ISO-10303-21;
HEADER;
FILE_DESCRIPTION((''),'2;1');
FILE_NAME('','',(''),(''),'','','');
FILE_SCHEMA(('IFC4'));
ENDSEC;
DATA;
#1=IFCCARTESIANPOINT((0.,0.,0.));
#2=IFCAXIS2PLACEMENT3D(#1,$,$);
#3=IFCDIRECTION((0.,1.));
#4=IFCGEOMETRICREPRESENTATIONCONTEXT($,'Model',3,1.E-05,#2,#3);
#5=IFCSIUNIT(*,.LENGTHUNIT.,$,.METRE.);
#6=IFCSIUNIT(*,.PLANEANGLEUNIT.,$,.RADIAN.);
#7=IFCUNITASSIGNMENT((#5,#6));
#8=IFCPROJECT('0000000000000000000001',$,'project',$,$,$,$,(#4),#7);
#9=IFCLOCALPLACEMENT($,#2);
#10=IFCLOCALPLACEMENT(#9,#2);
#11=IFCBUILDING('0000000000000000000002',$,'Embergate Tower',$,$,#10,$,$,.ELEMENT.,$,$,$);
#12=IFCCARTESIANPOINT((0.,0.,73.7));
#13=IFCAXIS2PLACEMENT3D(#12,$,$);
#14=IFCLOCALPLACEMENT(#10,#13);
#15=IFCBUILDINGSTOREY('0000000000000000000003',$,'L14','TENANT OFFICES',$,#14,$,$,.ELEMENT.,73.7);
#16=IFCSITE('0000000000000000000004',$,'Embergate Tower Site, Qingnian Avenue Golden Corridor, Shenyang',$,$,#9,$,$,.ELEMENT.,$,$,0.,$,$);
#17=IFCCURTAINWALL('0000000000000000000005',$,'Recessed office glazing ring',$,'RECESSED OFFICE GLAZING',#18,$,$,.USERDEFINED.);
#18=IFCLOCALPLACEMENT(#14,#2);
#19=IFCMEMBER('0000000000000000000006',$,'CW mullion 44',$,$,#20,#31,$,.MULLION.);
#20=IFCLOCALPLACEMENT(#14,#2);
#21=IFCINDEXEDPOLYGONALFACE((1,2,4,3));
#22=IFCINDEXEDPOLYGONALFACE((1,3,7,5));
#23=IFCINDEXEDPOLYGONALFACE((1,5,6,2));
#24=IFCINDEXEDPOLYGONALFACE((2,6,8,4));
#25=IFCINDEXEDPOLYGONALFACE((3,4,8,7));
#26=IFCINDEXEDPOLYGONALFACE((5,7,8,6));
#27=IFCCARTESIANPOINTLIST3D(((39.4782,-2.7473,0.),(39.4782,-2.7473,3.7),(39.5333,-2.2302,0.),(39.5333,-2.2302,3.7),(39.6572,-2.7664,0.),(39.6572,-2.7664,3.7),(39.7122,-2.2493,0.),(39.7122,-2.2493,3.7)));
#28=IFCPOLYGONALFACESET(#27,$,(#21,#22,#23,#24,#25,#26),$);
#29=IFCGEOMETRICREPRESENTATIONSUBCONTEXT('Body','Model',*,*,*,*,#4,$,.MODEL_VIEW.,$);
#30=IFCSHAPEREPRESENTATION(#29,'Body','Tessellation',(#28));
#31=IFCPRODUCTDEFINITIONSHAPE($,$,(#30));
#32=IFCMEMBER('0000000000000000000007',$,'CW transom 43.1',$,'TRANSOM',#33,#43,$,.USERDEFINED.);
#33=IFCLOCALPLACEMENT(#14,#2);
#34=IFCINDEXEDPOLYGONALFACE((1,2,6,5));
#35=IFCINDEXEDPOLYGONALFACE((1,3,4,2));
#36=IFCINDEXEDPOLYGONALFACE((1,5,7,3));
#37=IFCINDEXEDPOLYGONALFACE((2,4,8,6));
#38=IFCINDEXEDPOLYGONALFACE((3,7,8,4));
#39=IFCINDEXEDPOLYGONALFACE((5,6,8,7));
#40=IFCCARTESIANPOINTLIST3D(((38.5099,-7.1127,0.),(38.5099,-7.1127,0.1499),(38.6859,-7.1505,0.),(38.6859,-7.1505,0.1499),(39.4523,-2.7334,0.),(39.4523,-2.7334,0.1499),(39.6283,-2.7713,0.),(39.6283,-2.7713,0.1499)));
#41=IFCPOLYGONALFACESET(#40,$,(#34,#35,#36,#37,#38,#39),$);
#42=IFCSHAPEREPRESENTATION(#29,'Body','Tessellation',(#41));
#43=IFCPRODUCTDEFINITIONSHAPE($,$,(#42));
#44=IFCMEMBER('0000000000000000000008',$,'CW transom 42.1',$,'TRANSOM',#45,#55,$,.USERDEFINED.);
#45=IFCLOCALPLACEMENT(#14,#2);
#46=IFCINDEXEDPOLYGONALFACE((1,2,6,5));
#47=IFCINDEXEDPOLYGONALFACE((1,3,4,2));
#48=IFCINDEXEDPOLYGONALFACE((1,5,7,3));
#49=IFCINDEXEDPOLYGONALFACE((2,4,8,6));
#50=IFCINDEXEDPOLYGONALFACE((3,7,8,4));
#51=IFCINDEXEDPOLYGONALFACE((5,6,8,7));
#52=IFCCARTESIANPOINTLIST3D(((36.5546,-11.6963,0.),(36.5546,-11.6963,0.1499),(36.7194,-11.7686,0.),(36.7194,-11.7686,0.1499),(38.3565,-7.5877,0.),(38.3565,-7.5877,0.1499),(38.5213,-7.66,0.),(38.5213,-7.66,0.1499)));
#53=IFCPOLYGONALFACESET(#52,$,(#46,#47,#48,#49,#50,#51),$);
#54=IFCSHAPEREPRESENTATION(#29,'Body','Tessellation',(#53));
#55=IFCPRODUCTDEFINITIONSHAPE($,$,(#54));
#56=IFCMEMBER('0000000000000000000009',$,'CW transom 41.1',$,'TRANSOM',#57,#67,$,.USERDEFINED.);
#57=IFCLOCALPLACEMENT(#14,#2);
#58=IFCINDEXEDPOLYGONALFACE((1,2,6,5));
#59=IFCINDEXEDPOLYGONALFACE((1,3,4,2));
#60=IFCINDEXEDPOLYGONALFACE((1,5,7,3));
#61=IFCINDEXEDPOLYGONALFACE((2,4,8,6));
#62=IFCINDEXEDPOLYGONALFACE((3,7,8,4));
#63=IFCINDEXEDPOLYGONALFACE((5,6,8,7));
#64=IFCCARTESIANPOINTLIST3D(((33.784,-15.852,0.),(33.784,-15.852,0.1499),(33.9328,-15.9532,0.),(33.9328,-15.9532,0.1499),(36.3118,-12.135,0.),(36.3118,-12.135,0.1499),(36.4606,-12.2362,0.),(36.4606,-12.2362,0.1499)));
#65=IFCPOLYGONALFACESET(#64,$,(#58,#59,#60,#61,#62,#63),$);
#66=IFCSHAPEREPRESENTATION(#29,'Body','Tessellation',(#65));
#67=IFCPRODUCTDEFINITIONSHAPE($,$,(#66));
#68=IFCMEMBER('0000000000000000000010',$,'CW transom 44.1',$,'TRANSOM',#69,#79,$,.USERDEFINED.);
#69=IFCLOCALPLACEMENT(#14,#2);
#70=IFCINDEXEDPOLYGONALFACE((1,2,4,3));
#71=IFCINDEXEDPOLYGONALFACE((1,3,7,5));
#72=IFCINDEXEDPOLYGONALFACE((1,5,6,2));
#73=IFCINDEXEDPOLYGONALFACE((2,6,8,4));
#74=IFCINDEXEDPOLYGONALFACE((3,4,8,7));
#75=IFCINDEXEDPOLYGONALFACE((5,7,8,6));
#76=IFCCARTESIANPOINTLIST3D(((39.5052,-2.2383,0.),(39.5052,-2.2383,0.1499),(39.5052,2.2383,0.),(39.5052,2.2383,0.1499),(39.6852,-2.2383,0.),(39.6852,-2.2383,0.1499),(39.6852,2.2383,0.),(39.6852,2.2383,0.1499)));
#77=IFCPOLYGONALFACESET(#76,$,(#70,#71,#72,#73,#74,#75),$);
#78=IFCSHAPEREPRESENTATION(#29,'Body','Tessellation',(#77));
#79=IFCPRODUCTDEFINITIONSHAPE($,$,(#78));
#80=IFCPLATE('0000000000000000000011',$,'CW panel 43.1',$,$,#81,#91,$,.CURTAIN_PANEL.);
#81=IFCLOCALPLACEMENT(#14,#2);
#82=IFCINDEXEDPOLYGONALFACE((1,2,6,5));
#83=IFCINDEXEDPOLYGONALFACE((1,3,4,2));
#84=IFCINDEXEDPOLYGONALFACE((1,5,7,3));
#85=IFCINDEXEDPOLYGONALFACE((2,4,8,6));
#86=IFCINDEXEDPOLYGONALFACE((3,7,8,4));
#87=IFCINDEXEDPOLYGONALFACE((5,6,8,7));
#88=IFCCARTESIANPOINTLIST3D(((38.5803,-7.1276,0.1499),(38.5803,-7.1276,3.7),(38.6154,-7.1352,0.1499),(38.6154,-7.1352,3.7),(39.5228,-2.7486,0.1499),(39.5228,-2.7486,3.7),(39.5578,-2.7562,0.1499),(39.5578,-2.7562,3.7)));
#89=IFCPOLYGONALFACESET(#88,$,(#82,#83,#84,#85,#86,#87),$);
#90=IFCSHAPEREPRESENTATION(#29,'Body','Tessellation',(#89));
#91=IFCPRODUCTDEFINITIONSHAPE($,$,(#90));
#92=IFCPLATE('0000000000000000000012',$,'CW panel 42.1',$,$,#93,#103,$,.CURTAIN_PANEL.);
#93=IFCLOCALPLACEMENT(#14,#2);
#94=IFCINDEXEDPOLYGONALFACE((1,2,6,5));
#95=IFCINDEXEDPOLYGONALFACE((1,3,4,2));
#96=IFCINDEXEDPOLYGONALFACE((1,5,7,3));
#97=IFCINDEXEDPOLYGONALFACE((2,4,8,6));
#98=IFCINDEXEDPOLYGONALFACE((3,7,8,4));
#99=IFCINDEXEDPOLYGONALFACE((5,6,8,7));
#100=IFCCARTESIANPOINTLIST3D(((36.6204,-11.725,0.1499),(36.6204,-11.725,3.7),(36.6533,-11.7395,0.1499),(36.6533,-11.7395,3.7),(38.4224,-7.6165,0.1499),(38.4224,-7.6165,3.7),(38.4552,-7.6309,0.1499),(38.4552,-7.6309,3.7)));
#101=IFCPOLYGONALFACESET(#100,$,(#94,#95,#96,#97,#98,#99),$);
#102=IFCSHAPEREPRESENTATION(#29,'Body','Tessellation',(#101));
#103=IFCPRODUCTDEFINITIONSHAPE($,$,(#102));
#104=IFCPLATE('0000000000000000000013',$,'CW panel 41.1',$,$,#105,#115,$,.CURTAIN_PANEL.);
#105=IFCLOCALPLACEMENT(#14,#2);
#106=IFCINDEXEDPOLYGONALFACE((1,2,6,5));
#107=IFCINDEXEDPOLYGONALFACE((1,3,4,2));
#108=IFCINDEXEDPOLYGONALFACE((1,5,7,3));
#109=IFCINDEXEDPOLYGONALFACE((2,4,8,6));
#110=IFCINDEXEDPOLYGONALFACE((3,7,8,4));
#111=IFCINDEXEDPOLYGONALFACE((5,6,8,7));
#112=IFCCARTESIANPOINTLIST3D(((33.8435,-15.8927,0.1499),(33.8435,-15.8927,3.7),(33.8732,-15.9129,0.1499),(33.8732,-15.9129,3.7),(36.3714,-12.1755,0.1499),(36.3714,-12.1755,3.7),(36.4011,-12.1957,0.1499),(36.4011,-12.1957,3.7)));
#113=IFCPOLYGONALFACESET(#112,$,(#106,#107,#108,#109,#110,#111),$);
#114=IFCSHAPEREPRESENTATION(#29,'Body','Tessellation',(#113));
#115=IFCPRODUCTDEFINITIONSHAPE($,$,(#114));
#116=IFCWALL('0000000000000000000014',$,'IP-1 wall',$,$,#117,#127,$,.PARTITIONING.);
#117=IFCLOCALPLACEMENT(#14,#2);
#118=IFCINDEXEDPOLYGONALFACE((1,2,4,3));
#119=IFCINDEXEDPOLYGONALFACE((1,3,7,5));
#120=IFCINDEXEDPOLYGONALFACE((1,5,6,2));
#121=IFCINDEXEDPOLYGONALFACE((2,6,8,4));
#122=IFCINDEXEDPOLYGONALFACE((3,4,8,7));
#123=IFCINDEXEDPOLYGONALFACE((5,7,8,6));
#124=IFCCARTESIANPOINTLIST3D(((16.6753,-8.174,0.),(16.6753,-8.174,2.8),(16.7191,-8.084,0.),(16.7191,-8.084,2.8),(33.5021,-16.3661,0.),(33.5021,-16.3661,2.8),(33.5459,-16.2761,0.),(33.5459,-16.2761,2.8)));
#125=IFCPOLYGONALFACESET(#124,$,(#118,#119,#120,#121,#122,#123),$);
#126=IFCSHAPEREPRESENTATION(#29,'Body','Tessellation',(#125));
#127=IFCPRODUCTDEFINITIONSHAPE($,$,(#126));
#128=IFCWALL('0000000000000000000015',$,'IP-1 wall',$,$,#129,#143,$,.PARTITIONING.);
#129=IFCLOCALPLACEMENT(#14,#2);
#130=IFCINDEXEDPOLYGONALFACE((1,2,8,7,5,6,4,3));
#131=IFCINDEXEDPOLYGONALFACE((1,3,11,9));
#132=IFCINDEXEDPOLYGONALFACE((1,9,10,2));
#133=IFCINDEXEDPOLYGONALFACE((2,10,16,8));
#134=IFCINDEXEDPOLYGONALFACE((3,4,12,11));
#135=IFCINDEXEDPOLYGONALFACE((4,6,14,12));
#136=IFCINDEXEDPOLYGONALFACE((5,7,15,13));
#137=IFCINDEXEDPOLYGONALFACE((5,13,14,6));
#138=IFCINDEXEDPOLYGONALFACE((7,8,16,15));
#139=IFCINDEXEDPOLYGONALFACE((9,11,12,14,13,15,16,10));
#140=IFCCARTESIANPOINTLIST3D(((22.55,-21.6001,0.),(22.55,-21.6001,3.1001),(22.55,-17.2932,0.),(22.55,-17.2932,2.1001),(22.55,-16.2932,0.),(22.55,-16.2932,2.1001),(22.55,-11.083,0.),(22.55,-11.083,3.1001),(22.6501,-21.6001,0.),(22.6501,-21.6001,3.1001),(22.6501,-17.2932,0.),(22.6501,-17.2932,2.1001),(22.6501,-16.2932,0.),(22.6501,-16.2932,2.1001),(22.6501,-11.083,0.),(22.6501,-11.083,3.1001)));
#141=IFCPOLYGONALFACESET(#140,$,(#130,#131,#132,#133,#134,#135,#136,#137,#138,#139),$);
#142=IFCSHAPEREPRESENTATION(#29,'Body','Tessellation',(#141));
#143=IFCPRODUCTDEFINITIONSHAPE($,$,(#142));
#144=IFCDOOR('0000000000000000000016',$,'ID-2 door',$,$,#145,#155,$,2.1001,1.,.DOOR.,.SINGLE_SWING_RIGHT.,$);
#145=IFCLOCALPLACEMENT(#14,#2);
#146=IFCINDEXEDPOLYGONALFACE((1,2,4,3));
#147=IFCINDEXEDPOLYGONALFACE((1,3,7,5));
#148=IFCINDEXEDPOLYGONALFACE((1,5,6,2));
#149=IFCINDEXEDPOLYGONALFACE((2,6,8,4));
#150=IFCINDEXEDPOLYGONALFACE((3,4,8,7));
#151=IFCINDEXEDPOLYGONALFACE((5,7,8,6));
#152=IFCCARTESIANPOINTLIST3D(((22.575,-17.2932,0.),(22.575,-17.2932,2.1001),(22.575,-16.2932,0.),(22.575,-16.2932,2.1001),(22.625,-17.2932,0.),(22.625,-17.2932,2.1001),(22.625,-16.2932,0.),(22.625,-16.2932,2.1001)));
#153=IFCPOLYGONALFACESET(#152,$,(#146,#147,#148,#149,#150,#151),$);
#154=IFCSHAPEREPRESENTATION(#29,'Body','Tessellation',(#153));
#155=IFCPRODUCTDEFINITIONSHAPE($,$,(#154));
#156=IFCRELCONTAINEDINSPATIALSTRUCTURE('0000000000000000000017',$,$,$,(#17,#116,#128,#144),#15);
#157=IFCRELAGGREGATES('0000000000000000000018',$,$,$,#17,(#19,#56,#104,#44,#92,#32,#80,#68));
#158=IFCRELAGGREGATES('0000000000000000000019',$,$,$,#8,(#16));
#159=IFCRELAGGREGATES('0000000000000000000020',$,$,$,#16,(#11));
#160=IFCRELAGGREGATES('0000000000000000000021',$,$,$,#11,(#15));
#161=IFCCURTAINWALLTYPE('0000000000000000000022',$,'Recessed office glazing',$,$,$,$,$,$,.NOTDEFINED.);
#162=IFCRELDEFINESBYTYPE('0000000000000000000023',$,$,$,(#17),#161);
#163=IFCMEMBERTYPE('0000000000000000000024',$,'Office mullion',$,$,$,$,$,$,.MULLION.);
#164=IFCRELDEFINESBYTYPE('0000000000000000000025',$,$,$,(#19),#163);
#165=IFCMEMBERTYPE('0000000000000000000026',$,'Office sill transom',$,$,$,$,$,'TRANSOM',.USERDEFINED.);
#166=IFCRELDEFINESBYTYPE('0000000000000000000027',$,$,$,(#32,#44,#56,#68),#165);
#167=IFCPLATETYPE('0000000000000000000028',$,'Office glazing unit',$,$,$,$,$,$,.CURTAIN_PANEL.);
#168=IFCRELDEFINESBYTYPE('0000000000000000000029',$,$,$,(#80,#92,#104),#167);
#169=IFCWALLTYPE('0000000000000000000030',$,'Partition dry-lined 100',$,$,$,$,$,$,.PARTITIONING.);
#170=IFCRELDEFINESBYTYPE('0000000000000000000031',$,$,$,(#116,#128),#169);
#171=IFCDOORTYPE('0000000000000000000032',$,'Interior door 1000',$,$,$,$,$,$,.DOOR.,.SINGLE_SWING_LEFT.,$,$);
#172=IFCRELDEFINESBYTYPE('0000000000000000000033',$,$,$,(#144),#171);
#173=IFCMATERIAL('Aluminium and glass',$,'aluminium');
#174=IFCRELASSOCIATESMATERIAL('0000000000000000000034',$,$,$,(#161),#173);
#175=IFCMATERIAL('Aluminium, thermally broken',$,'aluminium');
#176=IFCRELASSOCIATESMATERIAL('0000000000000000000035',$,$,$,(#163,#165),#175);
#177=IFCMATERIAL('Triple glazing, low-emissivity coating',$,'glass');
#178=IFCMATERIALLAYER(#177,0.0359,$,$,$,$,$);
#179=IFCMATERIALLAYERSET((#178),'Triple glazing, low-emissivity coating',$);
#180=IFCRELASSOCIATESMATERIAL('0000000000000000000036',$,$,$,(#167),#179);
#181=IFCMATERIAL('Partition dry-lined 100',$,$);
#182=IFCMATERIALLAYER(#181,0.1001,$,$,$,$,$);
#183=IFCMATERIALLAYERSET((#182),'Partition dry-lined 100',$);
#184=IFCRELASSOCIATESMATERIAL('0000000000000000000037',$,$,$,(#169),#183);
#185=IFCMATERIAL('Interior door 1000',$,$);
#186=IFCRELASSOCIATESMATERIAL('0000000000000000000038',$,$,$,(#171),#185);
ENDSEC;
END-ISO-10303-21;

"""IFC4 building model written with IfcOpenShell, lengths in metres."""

from ifc_helpers import new_model, si_unit, direction, frame, frame_2d, origin, origin_2d, place, context, subcontext, project, spatial, rectangle, extrude, source, transform, mapped, material, layer, layer_set, material_profile, profile_set, type_object, element, fill, aggregate, save


model = new_model("IFC4")

# Units and contexts
model_context = context("Model", 3, precision=1e-05, world=origin(), true_north=direction((0.0, 1.0)))
body_context = subcontext(model_context, "Body", "Model", "MODEL_VIEW")
ifc_project = project(units=[si_unit("LENGTHUNIT", "METRE"), si_unit("PLANEANGLEUNIT", "RADIAN")], contexts=[model_context])

# Site, building, storey
site_placement = place(None, origin())
site = spatial("IfcSite", under=ifc_project, at=site_placement, Name="Embergate Tower Site, Qingnian Avenue Golden Corridor, Shenyang", CompositionType="ELEMENT", RefElevation=0.0)
building_placement = place(site_placement, origin())
building = spatial("IfcBuilding", under=site, at=building_placement, Name="Embergate Tower", CompositionType="ELEMENT")
storey_placement = place(building_placement, frame((0.0, 0.0, 73.7)))
storey = spatial("IfcBuildingStorey", under=building, at=storey_placement, Name="L14", Description="TENANT OFFICES", CompositionType="ELEMENT", Elevation=73.7)

# Curtain wall, members, plates
ifc_material_1 = material(Name="Aluminium and glass", Category="aluminium")
curtain_wall_type = type_object("IfcCurtainWallType", Name="Recessed office glazing", PredefinedType="NOTDEFINED", material=ifc_material_1)
curtain_wall_placement = place(storey_placement, origin())
curtain_wall = element("IfcCurtainWall", 1, at=curtain_wall_placement, inside=storey, type_object=curtain_wall_type, Name="Recessed office glazing ring", ObjectType="RECESSED OFFICE GLAZING", PredefinedType="USERDEFINED")
ifc_material_2 = material(Name="Aluminium, thermally broken", Category="aluminium")
ifc_material_profile_1 = material_profile(ifc_material_2, rectangle(XDim=0.1799, YDim=0.52, at=origin_2d()), Name="AL 520x180")
ifc_profile_set_1 = profile_set([ifc_material_profile_1], Name="Aluminium, thermally broken")
member_type_1 = type_object("IfcMemberType", Name="Office mullion", PredefinedType="MULLION", material=ifc_profile_set_1)
shared_shape_1 = source(origin(), body_context, "Body", "SweptSolid", [
    extrude(rectangle(XDim=0.1799, YDim=0.52, at=origin_2d()), origin(), (0.0, 0.0, 1.0), 3.7),
])
member_1_placement = place(storey_placement, frame((39.5952, -2.4983, 0.0), z_axis=(0.0, 0.0, 1.0), x_axis=(-0.994385, 0.10582, 0.0)))
member_1 = element("IfcMember", 2, at=member_1_placement, type_object=member_type_1, Name="CW mullion 44", PredefinedType="MULLION", context=body_context, shape_type="MappedRepresentation", body=[
    mapped(shared_shape_1, transform((0.0, 0.0, 0.0))),
])
ifc_material_profile_2 = material_profile(ifc_material_2, rectangle(XDim=0.1799, YDim=0.1499, at=origin_2d()), Name="AL 150x180")
ifc_profile_set_2 = profile_set([ifc_material_profile_2], Name="Aluminium, thermally broken")
member_type_2 = type_object("IfcMemberType", Name="Office sill transom", ElementType="TRANSOM", PredefinedType="USERDEFINED", material=ifc_profile_set_2)
shared_shape_2 = source(origin(), body_context, "Body", "SweptSolid", [
    extrude(rectangle(XDim=0.1799, YDim=0.1499, at=origin_2d()), origin(), (0.0, 0.0, 1.0), 4.4795),
])
member_2_placement = place(storey_placement, frame((38.5979, -7.1316, 0.075), z_axis=(0.210381, 0.977619, 0.0), x_axis=(-0.977619, 0.210381, 0.0)))
member_2 = element("IfcMember", 3, at=member_2_placement, type_object=member_type_2, Name="CW transom 43.1", ObjectType="TRANSOM", PredefinedType="USERDEFINED", context=body_context, shape_type="MappedRepresentation", body=[
    mapped(shared_shape_2, transform((0.0, 0.0, 0.0))),
])
shared_shape_3 = source(origin(), body_context, "Body", "SweptSolid", [
    extrude(rectangle(XDim=0.1799, YDim=0.1499, at=origin_2d()), origin(), (0.0, 0.0, 1.0), 4.4863),
])
member_3_placement = place(storey_placement, frame((36.637, -11.7324, 0.075), z_axis=(0.401655, 0.915791, 0.0), x_axis=(-0.915791, 0.401655, 0.0)))
member_3 = element("IfcMember", 4, at=member_3_placement, type_object=member_type_2, Name="CW transom 42.1", ObjectType="TRANSOM", PredefinedType="USERDEFINED", context=body_context, shape_type="MappedRepresentation", body=[
    mapped(shared_shape_3, transform((0.0, 0.0, 0.0))),
])
shared_shape_4 = source(origin(), body_context, "Body", "SweptSolid", [
    extrude(rectangle(XDim=0.1799, YDim=0.1499, at=origin_2d()), origin(), (0.0, 0.0, 1.0), 4.4951),
])
member_4_placement = place(storey_placement, frame((33.8584, -15.9026, 0.075), z_axis=(0.562347, 0.826901, 0.0), x_axis=(-0.826901, 0.562347, 0.0)))
member_4 = element("IfcMember", 5, at=member_4_placement, type_object=member_type_2, Name="CW transom 41.1", ObjectType="TRANSOM", PredefinedType="USERDEFINED", context=body_context, shape_type="MappedRepresentation", body=[
    mapped(shared_shape_4, transform((0.0, 0.0, 0.0))),
])
shared_shape_5 = source(origin(), body_context, "Body", "SweptSolid", [
    extrude(rectangle(XDim=0.1799, YDim=0.1499, at=origin_2d()), origin(), (0.0, 0.0, 1.0), 4.4766),
])
member_5_placement = place(storey_placement, frame((39.5952, -2.2383, 0.075), z_axis=(0.0, 1.0, 0.0), x_axis=(-1.0, 0.0, 0.0)))
member_5 = element("IfcMember", 6, at=member_5_placement, type_object=member_type_2, Name="CW transom 44.1", ObjectType="TRANSOM", PredefinedType="USERDEFINED", context=body_context, shape_type="MappedRepresentation", body=[
    mapped(shared_shape_5, transform((0.0, 0.0, 0.0))),
])
ifc_material_3 = material(Name="Triple glazing, low-emissivity coating", Category="glass")
ifc_layer_1 = layer(ifc_material_3, 0.0359)
ifc_layer_set_1 = layer_set([ifc_layer_1], Name="Triple glazing, low-emissivity coating")
plate_type = type_object("IfcPlateType", Name="Office glazing unit", PredefinedType="CURTAIN_PANEL", material=ifc_layer_set_1)
shared_shape_6 = source(origin(), body_context, "Body", "SweptSolid", [
    extrude(rectangle(XDim=4.4792, YDim=0.0359, at=origin_2d()), origin(), (0.0, 0.0, 1.0), 3.55),
])
plate_1_placement = place(storey_placement, frame((39.0691, -4.9419, 0.1499), z_axis=(0.0, 0.0, 1.0), x_axis=(0.210395, 0.977616, 0.0)))
plate_1 = element("IfcPlate", 7, at=plate_1_placement, type_object=plate_type, Name="CW panel 43.1", PredefinedType="CURTAIN_PANEL", context=body_context, shape_type="MappedRepresentation", body=[
    mapped(shared_shape_6, transform((0.0, 0.0, 0.0))),
])
shared_shape_7 = source(origin(), body_context, "Body", "SweptSolid", [
    extrude(rectangle(XDim=4.4863, YDim=0.0359, at=origin_2d()), origin(), (0.0, 0.0, 1.0), 3.55),
])
plate_2_placement = place(storey_placement, frame((37.5378, -9.678, 0.1499), z_axis=(0.0, 0.0, 1.0), x_axis=(0.401647, 0.915794, 0.0)))
plate_2 = element("IfcPlate", 8, at=plate_2_placement, type_object=plate_type, Name="CW panel 42.1", PredefinedType="CURTAIN_PANEL", context=body_context, shape_type="MappedRepresentation", body=[
    mapped(shared_shape_7, transform((0.0, 0.0, 0.0))),
])
shared_shape_8 = source(origin(), body_context, "Body", "SweptSolid", [
    extrude(rectangle(XDim=4.4954, YDim=0.0359, at=origin_2d()), origin(), (0.0, 0.0, 1.0), 3.55),
])
plate_3_placement = place(storey_placement, frame((35.1223, -14.0442, 0.1499), z_axis=(0.0, 0.0, 1.0), x_axis=(0.562337, 0.826908, 0.0)))
plate_3 = element("IfcPlate", 9, at=plate_3_placement, type_object=plate_type, Name="CW panel 41.1", PredefinedType="CURTAIN_PANEL", context=body_context, shape_type="MappedRepresentation", body=[
    mapped(shared_shape_8, transform((0.0, 0.0, 0.0))),
])
aggregate(curtain_wall, [member_1, member_4, plate_3, member_3, plate_2, member_2, plate_1, member_5])

# Wall
ifc_material_4 = material(Name="Partition dry-lined 100")
ifc_layer_2 = layer(ifc_material_4, 0.1001)
ifc_layer_set_2 = layer_set([ifc_layer_2], Name="Partition dry-lined 100")
wall_type = type_object("IfcWallType", Name="Partition dry-lined 100", PredefinedType="PARTITIONING", material=ifc_layer_set_2)
shared_shape_9 = source(origin(), body_context, "Body", "SweptSolid", [
    extrude(rectangle(XDim=18.7151, YDim=0.1001, at=frame_2d((9.3574, 0.0))), origin(), (0.0, 0.0, 1.0), 2.8),
])
wall_1_placement = place(storey_placement, frame((33.5239, -16.321, 0.0), z_axis=(0.0, 0.0, 1.0), x_axis=(-0.899107, 0.437728, 0.0)))
element("IfcWall", 10, at=wall_1_placement, inside=storey, type_object=wall_type, Name="IP-1 wall", PredefinedType="PARTITIONING", context=body_context, shape_type="MappedRepresentation", body=[
    mapped(shared_shape_9, transform((0.0, 0.0, 0.0))),
])

# Wall, opening, door
shared_shape_10 = source(origin(), body_context, "Body", "SweptSolid", [
    extrude(rectangle(XDim=10.5171, YDim=0.1001, at=frame_2d((5.2585, 0.0))), origin(), (0.0, 0.0, 1.0), 3.1001),
])
wall_2_placement = place(storey_placement, frame((22.6001, -11.083, 0.0), z_axis=(0.0, 0.0, 1.0), x_axis=(0.0, -1.0, 0.0)))
wall_2 = element("IfcWall", 11, at=wall_2_placement, inside=storey, type_object=wall_type, Name="IP-1 wall", PredefinedType="PARTITIONING", context=body_context, shape_type="MappedRepresentation", body=[
    mapped(shared_shape_10, transform((0.0, 0.0, 0.0))),
])
shared_shape_11 = source(origin(), body_context, "Body", "SweptSolid", [
    extrude(rectangle(XDim=1.0, YDim=2.1001, at=frame_2d((0.5, 1.05))), frame((0.0, 0.0601, 0.0), z_axis=(0.0, -1.0, 0.0), x_axis=(1.0, 0.0, 0.0)), (0.0, 0.0, 1.0), 0.1201),
])
opening_1_placement = place(wall_2_placement, frame((5.2102, 0.0, 0.0)))
opening_1 = element("IfcOpeningElement", 12, at=opening_1_placement, cuts=wall_2, PredefinedType="OPENING", context=body_context, shape_type="MappedRepresentation", body=[
    mapped(shared_shape_11, transform((0.0, 0.0, 0.0))),
])
ifc_material_5 = material(Name="Interior door 1000")
door_type = type_object("IfcDoorType", Name="Interior door 1000", OperationType="SINGLE_SWING_LEFT", PredefinedType="DOOR", material=ifc_material_5)
shared_shape_12 = source(origin(), body_context, "Body", "SweptSolid", [
    extrude(rectangle(XDim=1.0, YDim=2.1001, at=frame_2d((0.5, 1.05))), frame((0.0, 0.0249, 0.0), z_axis=(0.0, -1.0, 0.0), x_axis=(1.0, 0.0, 0.0)), (0.0, 0.0, 1.0), 0.05),
])
door_1_placement = place(opening_1_placement, origin())
door_1 = element("IfcDoor", 13, at=door_1_placement, inside=storey, type_object=door_type, Name="ID-2 door", OperationType="SINGLE_SWING_RIGHT", OverallHeight=2.1001, OverallWidth=1.0, PredefinedType="DOOR", context=body_context, shape_type="MappedRepresentation", body=[
    mapped(shared_shape_12, transform((0.0, 0.0, 0.0))),
])
fill(opening_1, door_1)

save(model, "model.ifc")
